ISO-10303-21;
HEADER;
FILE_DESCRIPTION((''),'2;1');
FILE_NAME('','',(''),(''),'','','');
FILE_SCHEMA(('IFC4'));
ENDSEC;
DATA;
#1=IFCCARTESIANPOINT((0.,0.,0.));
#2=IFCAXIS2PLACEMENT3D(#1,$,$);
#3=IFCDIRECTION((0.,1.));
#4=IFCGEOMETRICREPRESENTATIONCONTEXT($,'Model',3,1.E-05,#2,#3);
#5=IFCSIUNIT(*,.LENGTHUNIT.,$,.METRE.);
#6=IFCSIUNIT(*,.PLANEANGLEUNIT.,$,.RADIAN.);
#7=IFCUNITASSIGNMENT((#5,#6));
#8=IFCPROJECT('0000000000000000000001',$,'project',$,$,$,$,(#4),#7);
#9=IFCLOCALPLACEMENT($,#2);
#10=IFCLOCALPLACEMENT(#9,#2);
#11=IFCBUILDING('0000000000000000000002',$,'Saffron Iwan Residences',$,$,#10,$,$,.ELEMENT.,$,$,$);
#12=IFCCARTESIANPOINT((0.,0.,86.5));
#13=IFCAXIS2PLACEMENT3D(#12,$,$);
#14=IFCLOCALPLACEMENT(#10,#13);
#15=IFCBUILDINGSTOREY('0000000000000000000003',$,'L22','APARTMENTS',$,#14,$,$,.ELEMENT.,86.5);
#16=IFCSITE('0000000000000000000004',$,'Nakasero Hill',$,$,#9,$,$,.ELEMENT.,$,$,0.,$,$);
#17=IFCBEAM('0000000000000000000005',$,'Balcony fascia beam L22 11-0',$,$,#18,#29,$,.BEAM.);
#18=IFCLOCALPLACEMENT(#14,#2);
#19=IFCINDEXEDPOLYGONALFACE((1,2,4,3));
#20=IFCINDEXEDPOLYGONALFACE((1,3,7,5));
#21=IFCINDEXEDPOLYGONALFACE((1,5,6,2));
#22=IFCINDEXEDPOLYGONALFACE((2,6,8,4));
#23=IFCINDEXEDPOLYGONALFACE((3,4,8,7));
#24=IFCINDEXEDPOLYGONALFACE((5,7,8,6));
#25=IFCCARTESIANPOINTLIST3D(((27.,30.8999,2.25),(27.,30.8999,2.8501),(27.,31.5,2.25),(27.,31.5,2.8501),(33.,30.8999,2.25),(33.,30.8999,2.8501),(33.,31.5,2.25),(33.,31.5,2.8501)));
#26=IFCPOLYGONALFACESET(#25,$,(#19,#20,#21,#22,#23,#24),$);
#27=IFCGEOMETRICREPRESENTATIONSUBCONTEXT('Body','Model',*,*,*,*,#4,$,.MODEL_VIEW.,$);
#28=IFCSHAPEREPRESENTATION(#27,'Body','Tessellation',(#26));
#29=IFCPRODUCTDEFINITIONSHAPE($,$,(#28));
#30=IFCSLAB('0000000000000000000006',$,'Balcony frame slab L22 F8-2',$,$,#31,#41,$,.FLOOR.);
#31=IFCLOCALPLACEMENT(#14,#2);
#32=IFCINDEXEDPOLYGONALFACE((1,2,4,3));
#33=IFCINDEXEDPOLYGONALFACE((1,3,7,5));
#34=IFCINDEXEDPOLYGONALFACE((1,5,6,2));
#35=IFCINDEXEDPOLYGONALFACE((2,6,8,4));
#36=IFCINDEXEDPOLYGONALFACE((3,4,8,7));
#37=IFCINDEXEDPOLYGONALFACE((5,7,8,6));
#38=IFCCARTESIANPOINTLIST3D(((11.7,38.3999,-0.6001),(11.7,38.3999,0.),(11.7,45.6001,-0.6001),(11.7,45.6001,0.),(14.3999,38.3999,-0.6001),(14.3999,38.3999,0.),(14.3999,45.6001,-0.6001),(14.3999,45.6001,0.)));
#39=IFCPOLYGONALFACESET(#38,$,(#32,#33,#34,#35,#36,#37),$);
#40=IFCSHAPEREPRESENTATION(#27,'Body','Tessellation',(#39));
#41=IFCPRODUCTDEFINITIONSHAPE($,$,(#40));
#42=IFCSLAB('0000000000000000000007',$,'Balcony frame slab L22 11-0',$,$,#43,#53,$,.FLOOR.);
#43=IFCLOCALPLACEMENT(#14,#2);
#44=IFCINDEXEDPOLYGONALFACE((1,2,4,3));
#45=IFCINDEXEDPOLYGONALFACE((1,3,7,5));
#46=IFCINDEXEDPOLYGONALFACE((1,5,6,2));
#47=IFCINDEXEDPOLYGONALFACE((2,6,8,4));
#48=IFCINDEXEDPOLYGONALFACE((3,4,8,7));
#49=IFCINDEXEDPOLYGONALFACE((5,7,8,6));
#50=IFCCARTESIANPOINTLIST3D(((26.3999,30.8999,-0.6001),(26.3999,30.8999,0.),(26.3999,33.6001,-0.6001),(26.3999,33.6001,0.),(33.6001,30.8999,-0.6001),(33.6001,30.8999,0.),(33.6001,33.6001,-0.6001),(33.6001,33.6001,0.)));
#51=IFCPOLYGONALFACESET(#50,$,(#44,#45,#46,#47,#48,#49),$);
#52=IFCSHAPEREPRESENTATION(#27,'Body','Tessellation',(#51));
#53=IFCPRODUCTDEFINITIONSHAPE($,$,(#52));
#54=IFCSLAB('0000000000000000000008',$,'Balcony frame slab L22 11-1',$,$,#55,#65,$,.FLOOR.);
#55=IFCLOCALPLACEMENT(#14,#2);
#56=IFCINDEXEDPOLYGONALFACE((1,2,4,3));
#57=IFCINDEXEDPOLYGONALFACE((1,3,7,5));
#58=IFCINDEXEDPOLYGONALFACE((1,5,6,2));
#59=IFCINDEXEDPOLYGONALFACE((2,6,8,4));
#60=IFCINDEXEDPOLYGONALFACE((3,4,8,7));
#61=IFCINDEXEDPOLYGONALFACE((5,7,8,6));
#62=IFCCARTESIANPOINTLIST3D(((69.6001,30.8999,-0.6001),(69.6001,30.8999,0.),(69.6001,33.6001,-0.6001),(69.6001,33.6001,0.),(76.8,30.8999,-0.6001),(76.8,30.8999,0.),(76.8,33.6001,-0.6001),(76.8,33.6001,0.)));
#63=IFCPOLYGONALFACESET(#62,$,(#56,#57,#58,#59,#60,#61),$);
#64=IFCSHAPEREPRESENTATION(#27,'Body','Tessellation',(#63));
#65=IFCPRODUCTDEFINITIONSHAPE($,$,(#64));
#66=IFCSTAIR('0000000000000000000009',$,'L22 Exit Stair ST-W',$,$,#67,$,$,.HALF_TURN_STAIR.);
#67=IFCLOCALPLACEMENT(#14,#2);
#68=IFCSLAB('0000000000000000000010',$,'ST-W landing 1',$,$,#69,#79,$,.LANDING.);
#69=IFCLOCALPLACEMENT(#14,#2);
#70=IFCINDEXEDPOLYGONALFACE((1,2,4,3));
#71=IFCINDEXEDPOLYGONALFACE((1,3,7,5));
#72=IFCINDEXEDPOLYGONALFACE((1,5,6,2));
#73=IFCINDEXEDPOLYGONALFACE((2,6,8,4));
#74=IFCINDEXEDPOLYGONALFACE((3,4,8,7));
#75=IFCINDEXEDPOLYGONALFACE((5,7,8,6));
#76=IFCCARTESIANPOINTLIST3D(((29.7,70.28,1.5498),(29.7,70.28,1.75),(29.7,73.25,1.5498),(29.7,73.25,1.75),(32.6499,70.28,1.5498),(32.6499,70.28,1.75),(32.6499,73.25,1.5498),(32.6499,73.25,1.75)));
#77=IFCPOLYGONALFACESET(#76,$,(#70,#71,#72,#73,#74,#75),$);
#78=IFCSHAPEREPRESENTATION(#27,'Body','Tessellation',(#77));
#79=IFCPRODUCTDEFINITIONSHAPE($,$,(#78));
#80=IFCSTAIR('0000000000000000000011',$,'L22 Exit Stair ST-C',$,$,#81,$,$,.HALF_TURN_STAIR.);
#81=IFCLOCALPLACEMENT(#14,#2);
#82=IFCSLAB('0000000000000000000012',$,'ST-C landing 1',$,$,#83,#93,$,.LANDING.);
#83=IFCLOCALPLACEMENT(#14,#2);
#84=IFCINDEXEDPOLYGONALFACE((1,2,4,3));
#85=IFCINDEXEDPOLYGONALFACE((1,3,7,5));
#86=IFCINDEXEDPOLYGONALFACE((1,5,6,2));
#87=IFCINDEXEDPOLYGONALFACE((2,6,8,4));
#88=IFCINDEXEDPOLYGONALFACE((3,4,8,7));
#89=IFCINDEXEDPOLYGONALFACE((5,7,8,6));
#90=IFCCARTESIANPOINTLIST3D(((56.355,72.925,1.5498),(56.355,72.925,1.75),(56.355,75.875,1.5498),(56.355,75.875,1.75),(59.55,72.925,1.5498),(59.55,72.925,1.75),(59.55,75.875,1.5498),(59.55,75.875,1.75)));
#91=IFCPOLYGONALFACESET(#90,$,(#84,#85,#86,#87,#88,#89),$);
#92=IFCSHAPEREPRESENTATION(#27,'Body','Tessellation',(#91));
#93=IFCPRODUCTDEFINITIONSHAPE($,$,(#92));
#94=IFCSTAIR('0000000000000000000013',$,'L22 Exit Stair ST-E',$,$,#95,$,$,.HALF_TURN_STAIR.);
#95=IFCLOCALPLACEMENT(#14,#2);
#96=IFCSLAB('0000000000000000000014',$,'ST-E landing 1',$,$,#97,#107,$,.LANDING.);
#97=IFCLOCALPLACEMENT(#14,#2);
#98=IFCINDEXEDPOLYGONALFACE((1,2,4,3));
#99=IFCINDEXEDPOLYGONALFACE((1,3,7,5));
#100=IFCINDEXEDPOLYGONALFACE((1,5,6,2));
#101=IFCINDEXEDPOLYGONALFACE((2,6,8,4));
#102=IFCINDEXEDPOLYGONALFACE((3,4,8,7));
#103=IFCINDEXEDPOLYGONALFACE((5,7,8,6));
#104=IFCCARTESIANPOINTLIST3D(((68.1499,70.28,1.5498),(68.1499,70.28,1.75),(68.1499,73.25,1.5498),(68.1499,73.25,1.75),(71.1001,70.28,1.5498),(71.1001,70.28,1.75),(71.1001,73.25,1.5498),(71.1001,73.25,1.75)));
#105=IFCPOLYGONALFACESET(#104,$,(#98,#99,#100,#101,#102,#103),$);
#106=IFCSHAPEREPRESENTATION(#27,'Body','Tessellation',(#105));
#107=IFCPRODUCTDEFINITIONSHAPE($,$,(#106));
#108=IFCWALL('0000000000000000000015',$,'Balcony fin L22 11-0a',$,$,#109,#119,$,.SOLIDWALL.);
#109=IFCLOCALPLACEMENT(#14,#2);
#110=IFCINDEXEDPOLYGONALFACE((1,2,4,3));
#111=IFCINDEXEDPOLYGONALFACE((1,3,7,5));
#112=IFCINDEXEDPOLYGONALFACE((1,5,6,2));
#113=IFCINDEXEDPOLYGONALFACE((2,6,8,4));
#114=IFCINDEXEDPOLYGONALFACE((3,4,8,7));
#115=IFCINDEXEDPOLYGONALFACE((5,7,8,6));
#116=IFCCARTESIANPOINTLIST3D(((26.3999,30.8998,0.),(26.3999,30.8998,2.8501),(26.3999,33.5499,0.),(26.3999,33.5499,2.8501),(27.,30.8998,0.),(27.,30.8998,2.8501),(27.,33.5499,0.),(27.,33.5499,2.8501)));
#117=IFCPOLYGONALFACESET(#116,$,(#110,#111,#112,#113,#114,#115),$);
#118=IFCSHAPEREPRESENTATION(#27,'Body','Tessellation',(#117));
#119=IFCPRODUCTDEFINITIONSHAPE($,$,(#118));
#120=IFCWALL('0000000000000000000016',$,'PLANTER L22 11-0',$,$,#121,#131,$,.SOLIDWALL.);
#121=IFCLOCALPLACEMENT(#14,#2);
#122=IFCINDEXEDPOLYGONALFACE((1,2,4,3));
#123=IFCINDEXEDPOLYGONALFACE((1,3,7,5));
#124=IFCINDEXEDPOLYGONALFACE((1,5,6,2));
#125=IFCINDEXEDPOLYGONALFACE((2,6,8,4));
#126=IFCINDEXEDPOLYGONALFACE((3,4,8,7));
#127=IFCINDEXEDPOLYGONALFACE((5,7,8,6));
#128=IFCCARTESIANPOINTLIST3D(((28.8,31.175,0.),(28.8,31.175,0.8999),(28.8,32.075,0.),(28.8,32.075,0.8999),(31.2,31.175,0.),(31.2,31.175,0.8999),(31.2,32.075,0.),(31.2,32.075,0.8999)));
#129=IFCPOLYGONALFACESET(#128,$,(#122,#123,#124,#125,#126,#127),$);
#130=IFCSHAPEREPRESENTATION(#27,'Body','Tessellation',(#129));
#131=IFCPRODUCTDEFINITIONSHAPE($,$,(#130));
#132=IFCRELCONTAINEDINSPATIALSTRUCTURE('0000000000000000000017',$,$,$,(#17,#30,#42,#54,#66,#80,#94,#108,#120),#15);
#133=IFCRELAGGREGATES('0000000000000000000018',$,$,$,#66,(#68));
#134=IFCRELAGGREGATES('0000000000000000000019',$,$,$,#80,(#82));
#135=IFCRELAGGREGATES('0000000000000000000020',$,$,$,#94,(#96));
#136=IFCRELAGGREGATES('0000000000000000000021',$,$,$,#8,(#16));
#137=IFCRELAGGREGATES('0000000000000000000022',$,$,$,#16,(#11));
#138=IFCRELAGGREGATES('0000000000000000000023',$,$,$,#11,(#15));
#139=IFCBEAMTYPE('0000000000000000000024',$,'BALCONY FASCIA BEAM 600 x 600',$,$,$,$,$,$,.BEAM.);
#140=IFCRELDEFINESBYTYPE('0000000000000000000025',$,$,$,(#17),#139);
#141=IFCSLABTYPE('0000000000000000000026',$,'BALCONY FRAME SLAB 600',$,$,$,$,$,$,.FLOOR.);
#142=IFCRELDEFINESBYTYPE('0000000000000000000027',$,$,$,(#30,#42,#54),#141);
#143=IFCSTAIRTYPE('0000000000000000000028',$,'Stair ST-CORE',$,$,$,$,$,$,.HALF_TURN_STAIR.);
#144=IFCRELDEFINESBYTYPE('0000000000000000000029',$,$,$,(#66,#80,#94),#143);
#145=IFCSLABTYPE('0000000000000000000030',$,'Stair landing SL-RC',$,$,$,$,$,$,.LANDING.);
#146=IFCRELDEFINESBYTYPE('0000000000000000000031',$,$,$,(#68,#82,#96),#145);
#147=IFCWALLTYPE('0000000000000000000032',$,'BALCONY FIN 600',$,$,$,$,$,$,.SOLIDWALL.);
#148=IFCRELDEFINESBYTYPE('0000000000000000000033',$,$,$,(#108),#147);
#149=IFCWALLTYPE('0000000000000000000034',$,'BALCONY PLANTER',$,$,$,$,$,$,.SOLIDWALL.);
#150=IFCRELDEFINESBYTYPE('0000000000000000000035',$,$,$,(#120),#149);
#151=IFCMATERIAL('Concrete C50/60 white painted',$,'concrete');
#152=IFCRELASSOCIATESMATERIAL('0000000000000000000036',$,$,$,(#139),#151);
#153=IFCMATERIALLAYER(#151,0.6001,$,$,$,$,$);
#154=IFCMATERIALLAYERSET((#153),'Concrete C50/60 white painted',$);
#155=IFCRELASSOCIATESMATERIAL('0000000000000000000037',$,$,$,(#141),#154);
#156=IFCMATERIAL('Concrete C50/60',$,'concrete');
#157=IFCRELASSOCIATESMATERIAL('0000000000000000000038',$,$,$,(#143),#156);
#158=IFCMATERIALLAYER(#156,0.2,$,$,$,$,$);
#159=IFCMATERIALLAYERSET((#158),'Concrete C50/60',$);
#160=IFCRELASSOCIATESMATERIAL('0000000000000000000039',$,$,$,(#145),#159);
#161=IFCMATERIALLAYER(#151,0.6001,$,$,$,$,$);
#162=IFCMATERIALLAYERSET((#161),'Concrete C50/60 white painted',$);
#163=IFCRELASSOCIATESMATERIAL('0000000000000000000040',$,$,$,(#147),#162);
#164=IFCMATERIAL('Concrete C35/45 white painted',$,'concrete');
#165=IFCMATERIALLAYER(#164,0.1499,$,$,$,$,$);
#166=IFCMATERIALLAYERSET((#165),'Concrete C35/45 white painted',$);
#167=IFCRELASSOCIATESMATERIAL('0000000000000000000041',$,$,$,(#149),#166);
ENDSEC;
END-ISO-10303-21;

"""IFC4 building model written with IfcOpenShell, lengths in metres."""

from ifc_helpers import new_model, si_unit, direction, frame, frame_2d, origin, origin_2d, place, context, subcontext, project, spatial, polyline, rectangle, outline, extrude, source, transform, mapped, material, layer, layer_set, material_profile, profile_set, type_object, element, aggregate, save


model = new_model("IFC4")

# Units and contexts
model_context = context("Model", 3, precision=1e-05, world=origin(), true_north=direction((0.0, 1.0)))
body_context = subcontext(model_context, "Body", "Model", "MODEL_VIEW")
ifc_project = project(units=[si_unit("LENGTHUNIT", "METRE"), si_unit("PLANEANGLEUNIT", "RADIAN")], contexts=[model_context])

# Site, building, storey
site_placement = place(None, origin())
site = spatial("IfcSite", under=ifc_project, at=site_placement, Name="Nakasero Hill", CompositionType="ELEMENT", RefElevation=0.0)
building_placement = place(site_placement, origin())
building = spatial("IfcBuilding", under=site, at=building_placement, Name="Saffron Iwan Residences", CompositionType="ELEMENT")
storey_placement = place(building_placement, frame((0.0, 0.0, 86.5)))
storey = spatial("IfcBuildingStorey", under=building, at=storey_placement, Name="L22", Description="APARTMENTS", CompositionType="ELEMENT", Elevation=86.5)

# Beam
ifc_material_1 = material(Name="Concrete C50/60 white painted", Category="concrete")
ifc_material_profile = material_profile(ifc_material_1, rectangle(XDim=0.6001, YDim=0.6001, at=origin_2d()), Name="BALCONY FASCIA BEAM 600 x 600")
ifc_profile_set = profile_set([ifc_material_profile], Name="Concrete C50/60 white painted")
beam_type = type_object("IfcBeamType", Name="BALCONY FASCIA BEAM 600 x 600", PredefinedType="BEAM", material=ifc_profile_set)
shared_shape = source(origin(), body_context, "Body", "SweptSolid", [
    extrude(rectangle(XDim=0.6001, YDim=0.6001, at=origin_2d()), origin(), (0.0, 0.0, 1.0), 6.0),
])
beam_placement = place(storey_placement, frame((27.0, 31.2, 2.55), z_axis=(1.0, 0.0, 0.0), x_axis=(0.0, 1.0, 0.0)))
element("IfcBeam", 1, at=beam_placement, inside=storey, type_object=beam_type, Name="Balcony fascia beam L22 11-0", PredefinedType="BEAM", context=body_context, shape_type="MappedRepresentation", body=[
    mapped(shared_shape, transform((0.0, 0.0, 0.0))),
])

# Slabs
ifc_layer_1 = layer(ifc_material_1, 0.6001)
ifc_layer_set_1 = layer_set([ifc_layer_1], Name="Concrete C50/60 white painted")
slab_type_1 = type_object("IfcSlabType", Name="BALCONY FRAME SLAB 600", PredefinedType="FLOOR", material=ifc_layer_set_1)
slab_1_placement = place(storey_placement, frame((0.0, 0.0, -0.6001)))
element("IfcSlab", 2, at=slab_1_placement, inside=storey, type_object=slab_type_1, Name="Balcony frame slab L22 F8-2", PredefinedType="FLOOR", context=body_context, shape_type="SweptSolid", body=[
    extrude(outline(polyline([(11.7, 45.6001), (11.7, 38.3999), (14.3999, 38.3999), (14.3999, 45.6001), (11.7, 45.6001)])), origin(), (0.0, 0.0, 1.0), 0.6001),
])
slab_2_placement = place(storey_placement, frame((0.0, 0.0, -0.6001)))
element("IfcSlab", 3, at=slab_2_placement, inside=storey, type_object=slab_type_1, Name="Balcony frame slab L22 11-0", PredefinedType="FLOOR", context=body_context, shape_type="SweptSolid", body=[
    extrude(outline(polyline([(26.3999, 30.8999), (33.6001, 30.8999), (33.6001, 33.6001), (26.3999, 33.6001), (26.3999, 30.8999)])), origin(), (0.0, 0.0, 1.0), 0.6001),
])
slab_3_placement = place(storey_placement, frame((0.0, 0.0, -0.6001)))
element("IfcSlab", 4, at=slab_3_placement, inside=storey, type_object=slab_type_1, Name="Balcony frame slab L22 11-1", PredefinedType="FLOOR", context=body_context, shape_type="SweptSolid", body=[
    extrude(outline(polyline([(69.6001, 30.8999), (76.8, 30.8999), (76.8, 33.6001), (69.6001, 33.6001), (69.6001, 30.8999)])), origin(), (0.0, 0.0, 1.0), 0.6001),
])

# Stairs, slabs
ifc_material_2 = material(Name="Concrete C50/60", Category="concrete")
stair_type = type_object("IfcStairType", Name="Stair ST-CORE", PredefinedType="HALF_TURN_STAIR", material=ifc_material_2)
stair_1_placement = place(storey_placement, origin())
stair_1 = element("IfcStair", 5, at=stair_1_placement, inside=storey, type_object=stair_type, Name="L22 Exit Stair ST-W", PredefinedType="HALF_TURN_STAIR")
ifc_layer_2 = layer(ifc_material_2, 0.2)
ifc_layer_set_2 = layer_set([ifc_layer_2], Name="Concrete C50/60")
slab_type_2 = type_object("IfcSlabType", Name="Stair landing SL-RC", PredefinedType="LANDING", material=ifc_layer_set_2)
slab_4_placement = place(storey_placement, frame((0.0, 0.0, 1.5498)))
slab_4 = element("IfcSlab", 6, at=slab_4_placement, type_object=slab_type_2, Name="ST-W landing 1", PredefinedType="LANDING", context=body_context, shape_type="SweptSolid", body=[
    extrude(outline(polyline([(32.6499, 70.28), (32.6499, 73.25), (29.7, 73.25), (29.7, 70.28), (32.6499, 70.28)])), origin(), (0.0, 0.0, 1.0), 0.2002),
])
aggregate(stair_1, [slab_4])
stair_2_placement = place(storey_placement, origin())
stair_2 = element("IfcStair", 7, at=stair_2_placement, inside=storey, type_object=stair_type, Name="L22 Exit Stair ST-C", PredefinedType="HALF_TURN_STAIR")
slab_5_placement = place(storey_placement, frame((0.0, 0.0, 1.5498)))
slab_5 = element("IfcSlab", 8, at=slab_5_placement, type_object=slab_type_2, Name="ST-C landing 1", PredefinedType="LANDING", context=body_context, shape_type="SweptSolid", body=[
    extrude(outline(polyline([(56.355, 72.925), (59.55, 72.925), (59.55, 75.875), (56.355, 75.875), (56.355, 72.925)])), origin(), (0.0, 0.0, 1.0), 0.2002),
])
aggregate(stair_2, [slab_5])
stair_3_placement = place(storey_placement, origin())
stair_3 = element("IfcStair", 9, at=stair_3_placement, inside=storey, type_object=stair_type, Name="L22 Exit Stair ST-E", PredefinedType="HALF_TURN_STAIR")
slab_6_placement = place(storey_placement, frame((0.0, 0.0, 1.5498)))
slab_6 = element("IfcSlab", 10, at=slab_6_placement, type_object=slab_type_2, Name="ST-E landing 1", PredefinedType="LANDING", context=body_context, shape_type="SweptSolid", body=[
    extrude(outline(polyline([(71.1001, 70.28), (71.1001, 73.25), (68.1499, 73.25), (68.1499, 70.28), (71.1001, 70.28)])), origin(), (0.0, 0.0, 1.0), 0.2002),
])
aggregate(stair_3, [slab_6])

# Walls
ifc_layer_3 = layer(ifc_material_1, 0.6001)
ifc_layer_set_3 = layer_set([ifc_layer_3], Name="Concrete C50/60 white painted")
wall_type_1 = type_object("IfcWallType", Name="BALCONY FIN 600", PredefinedType="SOLIDWALL", material=ifc_layer_set_3)
wall_1_placement = place(storey_placement, frame((26.7, 33.55, 0.0), z_axis=(0.0, 0.0, 1.0), x_axis=(0.0, -1.0, 0.0)))
element("IfcWall", 11, at=wall_1_placement, inside=storey, type_object=wall_type_1, Name="Balcony fin L22 11-0a", PredefinedType="SOLIDWALL", context=body_context, shape_type="SweptSolid", body=[
    extrude(rectangle(XDim=2.6501, YDim=0.6001, at=frame_2d((1.3252, 0.0))), origin(), (0.0, 0.0, 1.0), 2.8501),
])
ifc_material_3 = material(Name="Concrete C35/45 white painted", Category="concrete")
ifc_layer_4 = layer(ifc_material_3, 0.1499)
ifc_layer_set_4 = layer_set([ifc_layer_4], Name="Concrete C35/45 white painted")
wall_type_2 = type_object("IfcWallType", Name="BALCONY PLANTER", PredefinedType="SOLIDWALL", material=ifc_layer_set_4)
wall_2_placement = place(storey_placement, frame((28.8, 31.625, 0.0), z_axis=(0.0, 0.0, 1.0), x_axis=(1.0, 0.0, 0.0)))
element("IfcWall", 12, at=wall_2_placement, inside=storey, type_object=wall_type_2, Name="PLANTER L22 11-0", PredefinedType="SOLIDWALL", context=body_context, shape_type="SweptSolid", body=[
    extrude(rectangle(XDim=2.3999, YDim=0.8999, at=frame_2d((1.2, 0.0))), origin(), (0.0, 0.0, 1.0), 0.8999),
])

save(model, "model.ifc")
